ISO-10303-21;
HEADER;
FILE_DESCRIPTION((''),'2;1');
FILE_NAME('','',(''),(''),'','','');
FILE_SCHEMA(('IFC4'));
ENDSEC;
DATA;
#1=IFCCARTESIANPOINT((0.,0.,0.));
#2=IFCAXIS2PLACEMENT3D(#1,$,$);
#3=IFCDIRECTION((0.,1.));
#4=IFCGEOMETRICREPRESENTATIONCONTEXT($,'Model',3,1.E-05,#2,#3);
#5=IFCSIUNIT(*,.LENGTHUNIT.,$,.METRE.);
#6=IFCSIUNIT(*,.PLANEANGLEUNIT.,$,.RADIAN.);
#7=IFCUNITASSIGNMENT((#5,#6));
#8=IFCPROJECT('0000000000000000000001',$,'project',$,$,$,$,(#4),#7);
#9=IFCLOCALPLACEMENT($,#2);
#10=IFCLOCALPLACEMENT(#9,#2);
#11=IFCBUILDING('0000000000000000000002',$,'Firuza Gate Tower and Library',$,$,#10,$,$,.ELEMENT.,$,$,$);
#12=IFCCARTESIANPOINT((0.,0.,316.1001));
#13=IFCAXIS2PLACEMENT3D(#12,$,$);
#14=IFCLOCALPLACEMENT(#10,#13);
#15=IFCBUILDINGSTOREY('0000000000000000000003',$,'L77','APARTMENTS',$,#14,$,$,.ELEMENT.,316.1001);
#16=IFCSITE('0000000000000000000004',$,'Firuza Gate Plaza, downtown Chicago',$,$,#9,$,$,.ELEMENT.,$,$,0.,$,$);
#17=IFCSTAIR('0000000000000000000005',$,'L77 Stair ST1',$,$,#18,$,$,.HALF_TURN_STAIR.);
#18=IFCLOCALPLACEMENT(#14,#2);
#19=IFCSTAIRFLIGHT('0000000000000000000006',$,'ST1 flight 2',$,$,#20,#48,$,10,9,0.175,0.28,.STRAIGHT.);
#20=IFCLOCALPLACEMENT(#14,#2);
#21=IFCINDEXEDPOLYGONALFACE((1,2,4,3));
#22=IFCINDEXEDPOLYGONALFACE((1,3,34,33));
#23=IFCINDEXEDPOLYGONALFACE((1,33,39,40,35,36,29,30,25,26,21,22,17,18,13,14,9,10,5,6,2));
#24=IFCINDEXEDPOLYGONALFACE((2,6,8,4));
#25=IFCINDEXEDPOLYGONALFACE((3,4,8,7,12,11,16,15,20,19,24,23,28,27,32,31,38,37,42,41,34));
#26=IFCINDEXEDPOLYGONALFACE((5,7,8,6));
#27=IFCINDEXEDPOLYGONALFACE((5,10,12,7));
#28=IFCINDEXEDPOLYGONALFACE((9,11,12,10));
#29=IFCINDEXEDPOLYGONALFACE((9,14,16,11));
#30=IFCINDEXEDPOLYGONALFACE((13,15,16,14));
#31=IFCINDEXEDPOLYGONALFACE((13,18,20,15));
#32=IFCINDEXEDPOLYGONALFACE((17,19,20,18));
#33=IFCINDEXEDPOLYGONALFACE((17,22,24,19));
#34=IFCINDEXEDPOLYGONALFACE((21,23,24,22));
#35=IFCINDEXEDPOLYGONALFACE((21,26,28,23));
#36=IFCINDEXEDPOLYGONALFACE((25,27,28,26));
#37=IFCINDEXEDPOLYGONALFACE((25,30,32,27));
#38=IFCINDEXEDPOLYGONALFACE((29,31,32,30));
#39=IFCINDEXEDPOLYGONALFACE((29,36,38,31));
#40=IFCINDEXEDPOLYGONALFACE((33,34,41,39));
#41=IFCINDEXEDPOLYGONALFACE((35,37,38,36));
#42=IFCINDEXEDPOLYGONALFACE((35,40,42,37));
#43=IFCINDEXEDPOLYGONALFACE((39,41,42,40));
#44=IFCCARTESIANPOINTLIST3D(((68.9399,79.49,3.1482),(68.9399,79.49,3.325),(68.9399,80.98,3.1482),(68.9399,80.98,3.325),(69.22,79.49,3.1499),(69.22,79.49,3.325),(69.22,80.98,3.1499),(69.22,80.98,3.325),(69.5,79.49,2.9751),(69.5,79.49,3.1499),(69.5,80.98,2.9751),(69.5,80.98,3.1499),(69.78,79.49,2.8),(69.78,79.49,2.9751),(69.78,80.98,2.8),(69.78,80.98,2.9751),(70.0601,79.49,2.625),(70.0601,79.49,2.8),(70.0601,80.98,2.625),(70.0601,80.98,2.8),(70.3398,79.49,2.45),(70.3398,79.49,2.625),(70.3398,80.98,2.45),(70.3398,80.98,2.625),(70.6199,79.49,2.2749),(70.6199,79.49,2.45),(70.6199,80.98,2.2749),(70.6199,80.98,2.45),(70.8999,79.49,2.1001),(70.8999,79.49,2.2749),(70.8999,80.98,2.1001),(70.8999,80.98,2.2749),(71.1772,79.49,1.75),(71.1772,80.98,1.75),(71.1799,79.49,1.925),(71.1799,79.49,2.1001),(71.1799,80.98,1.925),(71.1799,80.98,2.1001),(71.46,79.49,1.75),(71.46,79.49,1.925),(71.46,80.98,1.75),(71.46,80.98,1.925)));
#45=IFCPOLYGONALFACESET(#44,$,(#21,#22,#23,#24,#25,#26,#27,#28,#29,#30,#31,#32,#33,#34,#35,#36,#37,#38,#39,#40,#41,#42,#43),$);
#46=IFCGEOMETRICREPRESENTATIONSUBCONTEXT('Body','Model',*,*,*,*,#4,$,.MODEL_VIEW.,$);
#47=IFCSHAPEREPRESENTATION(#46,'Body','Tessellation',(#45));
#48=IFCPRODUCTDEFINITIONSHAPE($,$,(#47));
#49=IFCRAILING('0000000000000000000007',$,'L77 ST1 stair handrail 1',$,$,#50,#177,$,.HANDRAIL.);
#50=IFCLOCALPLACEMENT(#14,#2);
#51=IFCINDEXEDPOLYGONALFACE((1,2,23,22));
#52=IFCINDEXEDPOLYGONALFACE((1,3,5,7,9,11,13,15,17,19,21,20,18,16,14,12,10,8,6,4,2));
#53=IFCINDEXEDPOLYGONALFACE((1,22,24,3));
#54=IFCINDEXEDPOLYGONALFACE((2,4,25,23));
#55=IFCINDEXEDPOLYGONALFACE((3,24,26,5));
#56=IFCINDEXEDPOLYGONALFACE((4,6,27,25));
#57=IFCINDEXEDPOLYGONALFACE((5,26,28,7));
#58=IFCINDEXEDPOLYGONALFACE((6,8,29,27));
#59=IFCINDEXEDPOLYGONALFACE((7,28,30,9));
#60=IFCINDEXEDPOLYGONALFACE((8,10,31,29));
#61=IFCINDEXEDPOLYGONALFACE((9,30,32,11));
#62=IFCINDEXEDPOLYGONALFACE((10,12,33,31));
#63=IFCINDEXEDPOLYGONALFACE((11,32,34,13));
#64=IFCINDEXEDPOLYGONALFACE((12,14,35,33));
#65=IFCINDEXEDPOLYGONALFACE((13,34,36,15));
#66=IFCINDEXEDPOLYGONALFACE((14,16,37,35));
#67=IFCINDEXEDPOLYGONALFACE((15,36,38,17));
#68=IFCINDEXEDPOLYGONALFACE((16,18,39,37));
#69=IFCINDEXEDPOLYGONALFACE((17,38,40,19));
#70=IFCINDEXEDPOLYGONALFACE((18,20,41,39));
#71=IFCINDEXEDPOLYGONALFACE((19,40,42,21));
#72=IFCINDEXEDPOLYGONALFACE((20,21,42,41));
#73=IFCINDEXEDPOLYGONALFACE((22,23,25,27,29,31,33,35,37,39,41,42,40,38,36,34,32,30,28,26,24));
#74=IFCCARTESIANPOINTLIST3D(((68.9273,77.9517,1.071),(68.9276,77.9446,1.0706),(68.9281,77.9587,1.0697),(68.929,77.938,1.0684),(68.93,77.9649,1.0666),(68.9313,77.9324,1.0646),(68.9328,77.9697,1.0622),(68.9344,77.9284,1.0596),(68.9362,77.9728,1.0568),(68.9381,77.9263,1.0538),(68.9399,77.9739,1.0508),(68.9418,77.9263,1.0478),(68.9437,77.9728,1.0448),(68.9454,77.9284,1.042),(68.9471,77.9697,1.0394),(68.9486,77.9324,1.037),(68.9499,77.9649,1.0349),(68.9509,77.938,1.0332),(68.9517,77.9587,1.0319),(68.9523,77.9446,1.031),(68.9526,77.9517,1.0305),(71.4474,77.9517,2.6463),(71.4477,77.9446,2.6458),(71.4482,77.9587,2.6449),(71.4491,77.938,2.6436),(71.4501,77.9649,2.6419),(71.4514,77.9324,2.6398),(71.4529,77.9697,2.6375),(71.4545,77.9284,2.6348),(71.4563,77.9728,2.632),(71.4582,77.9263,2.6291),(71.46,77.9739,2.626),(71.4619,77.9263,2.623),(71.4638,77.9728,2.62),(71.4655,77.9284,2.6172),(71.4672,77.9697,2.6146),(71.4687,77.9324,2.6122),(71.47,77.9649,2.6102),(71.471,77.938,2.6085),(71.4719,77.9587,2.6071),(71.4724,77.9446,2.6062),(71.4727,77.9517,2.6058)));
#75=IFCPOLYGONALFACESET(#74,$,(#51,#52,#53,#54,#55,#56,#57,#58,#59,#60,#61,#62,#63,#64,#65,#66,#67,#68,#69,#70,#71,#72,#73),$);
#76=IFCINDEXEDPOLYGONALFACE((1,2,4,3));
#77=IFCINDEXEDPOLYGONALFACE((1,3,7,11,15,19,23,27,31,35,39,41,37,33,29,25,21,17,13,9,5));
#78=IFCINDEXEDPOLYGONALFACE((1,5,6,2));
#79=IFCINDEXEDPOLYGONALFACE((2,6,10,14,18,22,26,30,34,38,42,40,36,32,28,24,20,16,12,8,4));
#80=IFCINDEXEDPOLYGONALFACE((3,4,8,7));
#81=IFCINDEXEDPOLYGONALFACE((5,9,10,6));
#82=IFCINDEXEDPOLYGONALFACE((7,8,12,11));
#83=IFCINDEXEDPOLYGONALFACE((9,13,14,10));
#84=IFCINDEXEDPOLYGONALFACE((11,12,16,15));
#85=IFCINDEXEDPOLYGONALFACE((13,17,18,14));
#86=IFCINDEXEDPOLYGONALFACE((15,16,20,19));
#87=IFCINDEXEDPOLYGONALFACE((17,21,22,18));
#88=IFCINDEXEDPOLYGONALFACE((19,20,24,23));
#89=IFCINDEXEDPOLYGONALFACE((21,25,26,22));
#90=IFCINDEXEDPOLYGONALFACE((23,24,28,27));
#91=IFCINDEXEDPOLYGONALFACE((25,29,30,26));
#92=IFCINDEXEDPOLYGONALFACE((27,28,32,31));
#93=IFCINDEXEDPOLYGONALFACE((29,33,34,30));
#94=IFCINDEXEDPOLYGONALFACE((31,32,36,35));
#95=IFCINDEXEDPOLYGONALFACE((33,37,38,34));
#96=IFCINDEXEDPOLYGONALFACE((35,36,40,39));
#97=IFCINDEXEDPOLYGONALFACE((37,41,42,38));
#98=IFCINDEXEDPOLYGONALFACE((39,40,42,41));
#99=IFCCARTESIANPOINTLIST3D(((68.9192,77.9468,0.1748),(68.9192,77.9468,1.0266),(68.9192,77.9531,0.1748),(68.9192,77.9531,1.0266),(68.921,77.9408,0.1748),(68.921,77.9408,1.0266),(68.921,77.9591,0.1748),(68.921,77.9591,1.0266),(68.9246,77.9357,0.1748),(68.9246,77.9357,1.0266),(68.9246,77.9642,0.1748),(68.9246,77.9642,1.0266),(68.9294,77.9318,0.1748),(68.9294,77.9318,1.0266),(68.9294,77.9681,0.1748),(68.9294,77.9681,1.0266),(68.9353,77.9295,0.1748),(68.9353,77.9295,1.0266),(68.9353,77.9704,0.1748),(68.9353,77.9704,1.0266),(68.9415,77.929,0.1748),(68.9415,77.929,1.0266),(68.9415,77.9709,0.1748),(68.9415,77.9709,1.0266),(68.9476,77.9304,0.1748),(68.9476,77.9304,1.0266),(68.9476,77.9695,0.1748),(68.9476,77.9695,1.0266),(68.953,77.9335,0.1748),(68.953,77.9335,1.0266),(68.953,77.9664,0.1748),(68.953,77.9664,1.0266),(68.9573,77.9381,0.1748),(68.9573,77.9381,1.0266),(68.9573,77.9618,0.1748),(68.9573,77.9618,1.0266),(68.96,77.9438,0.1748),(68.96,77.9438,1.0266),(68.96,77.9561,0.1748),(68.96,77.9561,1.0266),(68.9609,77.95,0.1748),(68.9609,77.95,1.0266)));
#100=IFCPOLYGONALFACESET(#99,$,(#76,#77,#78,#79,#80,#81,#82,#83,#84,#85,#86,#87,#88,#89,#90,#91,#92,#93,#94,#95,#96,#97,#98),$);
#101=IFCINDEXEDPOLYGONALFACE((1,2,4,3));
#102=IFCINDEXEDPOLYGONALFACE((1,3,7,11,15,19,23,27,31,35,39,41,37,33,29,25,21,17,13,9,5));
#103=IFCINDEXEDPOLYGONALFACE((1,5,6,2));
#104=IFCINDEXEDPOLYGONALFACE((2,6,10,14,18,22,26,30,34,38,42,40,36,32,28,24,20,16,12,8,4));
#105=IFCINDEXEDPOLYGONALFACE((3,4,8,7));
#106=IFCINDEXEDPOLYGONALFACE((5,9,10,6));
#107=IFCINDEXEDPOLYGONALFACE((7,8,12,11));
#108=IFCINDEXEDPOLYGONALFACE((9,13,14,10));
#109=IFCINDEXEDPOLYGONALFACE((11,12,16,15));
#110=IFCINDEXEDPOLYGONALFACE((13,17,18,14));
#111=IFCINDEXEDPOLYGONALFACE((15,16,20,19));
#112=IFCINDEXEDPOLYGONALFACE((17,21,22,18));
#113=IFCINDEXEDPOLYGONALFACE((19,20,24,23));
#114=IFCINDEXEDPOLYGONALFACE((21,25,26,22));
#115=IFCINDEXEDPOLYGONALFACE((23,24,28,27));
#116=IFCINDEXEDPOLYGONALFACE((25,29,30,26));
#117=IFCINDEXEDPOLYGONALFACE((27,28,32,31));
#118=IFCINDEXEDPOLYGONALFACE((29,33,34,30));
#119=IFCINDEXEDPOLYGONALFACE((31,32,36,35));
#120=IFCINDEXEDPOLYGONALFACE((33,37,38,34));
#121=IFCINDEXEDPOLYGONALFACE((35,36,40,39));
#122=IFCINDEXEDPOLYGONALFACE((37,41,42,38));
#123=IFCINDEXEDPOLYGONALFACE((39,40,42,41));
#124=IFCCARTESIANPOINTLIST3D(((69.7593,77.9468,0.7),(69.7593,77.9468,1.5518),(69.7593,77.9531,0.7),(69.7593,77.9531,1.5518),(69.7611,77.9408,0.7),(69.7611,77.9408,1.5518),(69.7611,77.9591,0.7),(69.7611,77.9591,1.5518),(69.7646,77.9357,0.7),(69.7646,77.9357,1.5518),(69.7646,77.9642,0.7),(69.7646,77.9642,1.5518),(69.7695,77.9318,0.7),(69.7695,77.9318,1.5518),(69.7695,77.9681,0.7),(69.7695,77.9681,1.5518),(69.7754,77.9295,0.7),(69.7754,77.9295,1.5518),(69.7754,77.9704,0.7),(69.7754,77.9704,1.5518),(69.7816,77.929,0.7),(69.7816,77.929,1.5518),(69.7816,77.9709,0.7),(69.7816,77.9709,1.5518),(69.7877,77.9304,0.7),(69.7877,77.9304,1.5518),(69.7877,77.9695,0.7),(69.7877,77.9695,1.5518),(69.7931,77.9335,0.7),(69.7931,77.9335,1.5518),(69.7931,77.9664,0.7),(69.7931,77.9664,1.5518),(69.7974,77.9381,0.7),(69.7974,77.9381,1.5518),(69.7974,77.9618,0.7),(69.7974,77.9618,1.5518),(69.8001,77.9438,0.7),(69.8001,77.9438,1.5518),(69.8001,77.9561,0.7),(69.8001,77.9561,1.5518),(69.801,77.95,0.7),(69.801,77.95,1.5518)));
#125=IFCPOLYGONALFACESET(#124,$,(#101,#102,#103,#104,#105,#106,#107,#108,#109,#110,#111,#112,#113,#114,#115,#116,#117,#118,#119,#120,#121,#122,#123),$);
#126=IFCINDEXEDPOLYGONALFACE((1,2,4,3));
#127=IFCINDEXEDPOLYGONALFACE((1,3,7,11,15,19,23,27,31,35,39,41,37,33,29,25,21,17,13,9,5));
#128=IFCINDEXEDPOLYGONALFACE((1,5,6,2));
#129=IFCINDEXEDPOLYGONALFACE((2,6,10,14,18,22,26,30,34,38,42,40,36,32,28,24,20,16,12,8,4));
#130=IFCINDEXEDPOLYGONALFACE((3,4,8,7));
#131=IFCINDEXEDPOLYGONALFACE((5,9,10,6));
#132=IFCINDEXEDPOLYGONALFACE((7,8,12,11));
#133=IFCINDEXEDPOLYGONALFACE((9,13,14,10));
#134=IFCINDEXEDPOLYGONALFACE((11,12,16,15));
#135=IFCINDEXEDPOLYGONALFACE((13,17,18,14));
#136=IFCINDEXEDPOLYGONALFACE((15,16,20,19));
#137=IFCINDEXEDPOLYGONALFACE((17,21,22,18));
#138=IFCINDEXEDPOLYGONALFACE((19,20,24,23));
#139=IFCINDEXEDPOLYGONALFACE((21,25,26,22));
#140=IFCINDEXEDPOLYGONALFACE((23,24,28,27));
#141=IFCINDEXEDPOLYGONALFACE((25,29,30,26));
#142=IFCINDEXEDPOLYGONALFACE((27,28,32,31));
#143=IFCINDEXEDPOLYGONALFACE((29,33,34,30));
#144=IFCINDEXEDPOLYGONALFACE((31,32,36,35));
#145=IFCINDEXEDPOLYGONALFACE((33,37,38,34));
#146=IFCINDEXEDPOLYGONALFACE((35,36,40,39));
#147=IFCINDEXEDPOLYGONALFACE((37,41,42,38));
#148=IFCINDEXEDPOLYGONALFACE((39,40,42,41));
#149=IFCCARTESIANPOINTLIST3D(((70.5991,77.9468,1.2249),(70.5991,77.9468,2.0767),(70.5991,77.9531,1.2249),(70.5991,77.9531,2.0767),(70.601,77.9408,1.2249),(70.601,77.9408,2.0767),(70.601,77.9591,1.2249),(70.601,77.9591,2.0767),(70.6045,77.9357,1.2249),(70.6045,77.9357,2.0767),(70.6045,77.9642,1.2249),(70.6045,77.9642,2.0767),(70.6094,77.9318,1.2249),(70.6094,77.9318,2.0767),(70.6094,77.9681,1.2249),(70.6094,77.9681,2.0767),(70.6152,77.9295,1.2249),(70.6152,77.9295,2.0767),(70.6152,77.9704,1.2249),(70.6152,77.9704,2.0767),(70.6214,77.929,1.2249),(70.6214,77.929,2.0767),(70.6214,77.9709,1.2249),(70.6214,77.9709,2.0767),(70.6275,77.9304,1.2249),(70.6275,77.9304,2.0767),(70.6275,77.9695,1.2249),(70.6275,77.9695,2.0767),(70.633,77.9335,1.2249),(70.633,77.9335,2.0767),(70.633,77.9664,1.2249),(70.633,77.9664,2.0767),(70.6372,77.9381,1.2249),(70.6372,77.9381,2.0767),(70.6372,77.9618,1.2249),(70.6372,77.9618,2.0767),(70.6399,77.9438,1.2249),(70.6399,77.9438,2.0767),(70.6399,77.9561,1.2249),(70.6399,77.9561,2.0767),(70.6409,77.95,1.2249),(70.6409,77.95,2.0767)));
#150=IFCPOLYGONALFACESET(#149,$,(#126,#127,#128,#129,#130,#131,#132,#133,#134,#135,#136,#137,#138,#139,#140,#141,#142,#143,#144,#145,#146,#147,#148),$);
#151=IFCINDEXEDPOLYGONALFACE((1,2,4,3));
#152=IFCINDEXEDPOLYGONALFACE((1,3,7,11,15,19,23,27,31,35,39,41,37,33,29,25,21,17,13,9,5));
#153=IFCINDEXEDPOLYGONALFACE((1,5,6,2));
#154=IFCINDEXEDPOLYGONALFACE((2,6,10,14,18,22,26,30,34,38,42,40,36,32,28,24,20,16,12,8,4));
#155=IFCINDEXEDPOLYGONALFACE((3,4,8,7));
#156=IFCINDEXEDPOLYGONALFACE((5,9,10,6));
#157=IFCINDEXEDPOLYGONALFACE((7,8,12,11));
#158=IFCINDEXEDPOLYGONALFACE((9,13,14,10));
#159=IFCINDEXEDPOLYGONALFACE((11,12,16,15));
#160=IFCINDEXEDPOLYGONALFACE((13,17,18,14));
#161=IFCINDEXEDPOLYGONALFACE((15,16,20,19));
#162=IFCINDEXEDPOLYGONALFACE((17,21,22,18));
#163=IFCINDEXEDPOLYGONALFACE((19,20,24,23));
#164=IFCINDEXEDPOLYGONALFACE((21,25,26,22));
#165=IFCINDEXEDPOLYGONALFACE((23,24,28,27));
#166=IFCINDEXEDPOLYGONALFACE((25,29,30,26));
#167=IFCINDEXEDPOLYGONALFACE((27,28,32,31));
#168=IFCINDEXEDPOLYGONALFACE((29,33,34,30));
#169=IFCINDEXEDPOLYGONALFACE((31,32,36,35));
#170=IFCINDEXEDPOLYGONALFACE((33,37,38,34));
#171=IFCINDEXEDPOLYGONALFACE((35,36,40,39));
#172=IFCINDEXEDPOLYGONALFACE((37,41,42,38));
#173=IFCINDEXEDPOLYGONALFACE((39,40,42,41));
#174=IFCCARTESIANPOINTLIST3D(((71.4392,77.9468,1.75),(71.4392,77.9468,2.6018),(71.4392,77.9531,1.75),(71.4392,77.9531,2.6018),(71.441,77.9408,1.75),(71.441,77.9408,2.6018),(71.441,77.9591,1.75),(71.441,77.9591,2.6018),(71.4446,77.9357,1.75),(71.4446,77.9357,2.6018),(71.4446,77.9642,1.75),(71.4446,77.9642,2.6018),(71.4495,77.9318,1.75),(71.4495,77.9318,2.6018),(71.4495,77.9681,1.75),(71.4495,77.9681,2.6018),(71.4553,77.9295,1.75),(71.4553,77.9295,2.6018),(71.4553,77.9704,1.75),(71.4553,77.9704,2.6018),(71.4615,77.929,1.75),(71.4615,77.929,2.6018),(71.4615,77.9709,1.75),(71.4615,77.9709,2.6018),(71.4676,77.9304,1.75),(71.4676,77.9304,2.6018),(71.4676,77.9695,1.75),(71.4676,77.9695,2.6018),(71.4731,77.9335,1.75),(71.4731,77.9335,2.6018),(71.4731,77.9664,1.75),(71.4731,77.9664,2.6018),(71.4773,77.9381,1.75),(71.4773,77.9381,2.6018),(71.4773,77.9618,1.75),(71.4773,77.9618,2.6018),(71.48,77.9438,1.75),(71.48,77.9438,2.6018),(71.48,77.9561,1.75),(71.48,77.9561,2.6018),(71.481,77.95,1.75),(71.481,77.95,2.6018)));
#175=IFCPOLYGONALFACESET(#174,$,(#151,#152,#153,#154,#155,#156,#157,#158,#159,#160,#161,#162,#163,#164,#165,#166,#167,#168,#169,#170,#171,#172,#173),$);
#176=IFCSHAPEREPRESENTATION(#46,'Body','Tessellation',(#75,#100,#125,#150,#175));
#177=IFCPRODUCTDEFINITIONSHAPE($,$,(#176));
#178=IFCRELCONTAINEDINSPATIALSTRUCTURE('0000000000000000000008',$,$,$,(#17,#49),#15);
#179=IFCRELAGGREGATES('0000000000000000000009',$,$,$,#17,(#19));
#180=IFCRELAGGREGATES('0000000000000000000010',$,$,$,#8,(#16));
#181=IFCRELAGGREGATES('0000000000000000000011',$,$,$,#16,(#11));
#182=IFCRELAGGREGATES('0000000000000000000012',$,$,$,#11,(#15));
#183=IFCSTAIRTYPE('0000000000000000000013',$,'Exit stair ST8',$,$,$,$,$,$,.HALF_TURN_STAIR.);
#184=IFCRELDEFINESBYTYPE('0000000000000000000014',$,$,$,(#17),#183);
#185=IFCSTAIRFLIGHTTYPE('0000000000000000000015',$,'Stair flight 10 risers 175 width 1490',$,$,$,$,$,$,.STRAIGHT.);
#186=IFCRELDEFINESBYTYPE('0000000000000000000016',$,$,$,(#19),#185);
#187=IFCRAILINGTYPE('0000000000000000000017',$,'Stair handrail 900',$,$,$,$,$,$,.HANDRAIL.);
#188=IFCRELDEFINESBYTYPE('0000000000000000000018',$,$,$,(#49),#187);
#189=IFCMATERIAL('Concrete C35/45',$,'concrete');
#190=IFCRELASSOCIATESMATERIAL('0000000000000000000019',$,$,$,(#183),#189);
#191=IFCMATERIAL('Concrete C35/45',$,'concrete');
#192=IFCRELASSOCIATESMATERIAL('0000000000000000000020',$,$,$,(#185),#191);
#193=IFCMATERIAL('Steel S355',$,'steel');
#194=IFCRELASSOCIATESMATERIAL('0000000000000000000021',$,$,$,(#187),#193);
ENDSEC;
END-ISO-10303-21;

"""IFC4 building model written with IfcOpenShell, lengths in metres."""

from ifc_helpers import new_model, si_unit, direction, frame, origin, origin_2d, place, context, subcontext, project, spatial, polyline, circle, outline, extrude, material, type_object, element, aggregate, save


model = new_model("IFC4")

# Units and contexts
model_context = context("Model", 3, precision=1e-05, world=origin(), true_north=direction((0.0, 1.0)))
body_context = subcontext(model_context, "Body", "Model", "MODEL_VIEW")
ifc_project = project(units=[si_unit("LENGTHUNIT", "METRE"), si_unit("PLANEANGLEUNIT", "RADIAN")], contexts=[model_context])

# Site, building, storey
site_placement = place(None, origin())
site = spatial("IfcSite", under=ifc_project, at=site_placement, Name="Firuza Gate Plaza, downtown Chicago", CompositionType="ELEMENT", RefElevation=0.0)
building_placement = place(site_placement, origin())
building = spatial("IfcBuilding", under=site, at=building_placement, Name="Firuza Gate Tower and Library", CompositionType="ELEMENT")
storey_placement = place(building_placement, frame((0.0, 0.0, 316.1001)))
storey = spatial("IfcBuildingStorey", under=building, at=storey_placement, Name="L77", Description="APARTMENTS", CompositionType="ELEMENT", Elevation=316.1001)

# Stair, stair flight
ifc_material_1 = material(Name="Concrete C35/45", Category="concrete")
stair_type = type_object("IfcStairType", Name="Exit stair ST8", PredefinedType="HALF_TURN_STAIR", material=ifc_material_1)
stair_placement = place(storey_placement, origin())
stair = element("IfcStair", 1, at=stair_placement, inside=storey, type_object=stair_type, Name="L77 Stair ST1", PredefinedType="HALF_TURN_STAIR")
ifc_material_2 = material(Name="Concrete C35/45", Category="concrete")
stair_flight_type = type_object("IfcStairFlightType", Name="Stair flight 10 risers 175 width 1490", PredefinedType="STRAIGHT", material=ifc_material_2)
stair_flight_1_placement = place(storey_placement, frame((71.46, 80.2351, 1.75), z_axis=(0.0, 0.0, 1.0), x_axis=(-1.0, 0.0, 0.0)))
stair_flight_1 = element("IfcStairFlight", 2, at=stair_flight_1_placement, type_object=stair_flight_type, Name="ST1 flight 2", NumberOfRisers=10, NumberOfTreads=9, PredefinedType="STRAIGHT", RiserHeight=0.175, TreadLength=0.28, context=body_context, shape_type="SweptSolid", body=[
    extrude(outline(polyline([(0.0, 0.0), (0.0, 0.175), (0.28, 0.175), (0.28, 0.3501), (0.5601, 0.3501), (0.5601, 0.5249), (0.8401, 0.5249), (0.8401, 0.7), (1.1201, 0.7), (1.1201, 0.875), (1.3999, 0.875), (1.3999, 1.05), (1.6799, 1.05), (1.6799, 1.2251), (1.96, 1.2251), (1.96, 1.3999), (2.24, 1.3999), (2.24, 1.575), (2.52, 1.575), (2.52, 1.75), (2.52, 1.3982), (0.2827, 0.0), (0.0, 0.0)])), frame((0.0, 0.7451, 0.0), z_axis=(0.0, -1.0, 0.0), x_axis=(1.0, 0.0, 0.0)), (0.0, 0.0, 1.0), 1.49),
])
aggregate(stair, [stair_flight_1])

# Railing
ifc_material_3 = material(Name="Steel S355", Category="steel")
railing_type_1 = type_object("IfcRailingType", Name="Stair handrail 900", PredefinedType="HANDRAIL", material=ifc_material_3)
railing_1_placement = place(storey_placement, frame((68.9399, 77.95, 0.1748)))
element("IfcRailing", 3, at=railing_1_placement, inside=storey, type_object=railing_type_1, Name="L77 ST1 stair handrail 1", PredefinedType="HANDRAIL", context=body_context, shape_type="SweptSolid", body=[
    extrude(circle(Radius=0.0239, at=origin_2d()), frame((0.0, 0.0, 0.876), z_axis=(0.847971, 0.0, 0.530043), x_axis=(0.0, 1.0, 0.0)), (0.0, 0.0, 1.0), 2.9719),
    extrude(circle(Radius=0.021, at=origin_2d()), origin(), (0.0, 0.0, 1.0), 0.8518),
    extrude(circle(Radius=0.021, at=origin_2d()), frame((0.8401, 0.0, 0.5251)), (0.0, 0.0, 1.0), 0.8518),
    extrude(circle(Radius=0.021, at=origin_2d()), frame((1.6799, 0.0, 1.05)), (0.0, 0.0, 1.0), 0.8518),
    extrude(circle(Radius=0.021, at=origin_2d()), frame((2.52, 0.0, 1.5752)), (0.0, 0.0, 1.0), 0.8518),
])

save(model, "model.ifc")
